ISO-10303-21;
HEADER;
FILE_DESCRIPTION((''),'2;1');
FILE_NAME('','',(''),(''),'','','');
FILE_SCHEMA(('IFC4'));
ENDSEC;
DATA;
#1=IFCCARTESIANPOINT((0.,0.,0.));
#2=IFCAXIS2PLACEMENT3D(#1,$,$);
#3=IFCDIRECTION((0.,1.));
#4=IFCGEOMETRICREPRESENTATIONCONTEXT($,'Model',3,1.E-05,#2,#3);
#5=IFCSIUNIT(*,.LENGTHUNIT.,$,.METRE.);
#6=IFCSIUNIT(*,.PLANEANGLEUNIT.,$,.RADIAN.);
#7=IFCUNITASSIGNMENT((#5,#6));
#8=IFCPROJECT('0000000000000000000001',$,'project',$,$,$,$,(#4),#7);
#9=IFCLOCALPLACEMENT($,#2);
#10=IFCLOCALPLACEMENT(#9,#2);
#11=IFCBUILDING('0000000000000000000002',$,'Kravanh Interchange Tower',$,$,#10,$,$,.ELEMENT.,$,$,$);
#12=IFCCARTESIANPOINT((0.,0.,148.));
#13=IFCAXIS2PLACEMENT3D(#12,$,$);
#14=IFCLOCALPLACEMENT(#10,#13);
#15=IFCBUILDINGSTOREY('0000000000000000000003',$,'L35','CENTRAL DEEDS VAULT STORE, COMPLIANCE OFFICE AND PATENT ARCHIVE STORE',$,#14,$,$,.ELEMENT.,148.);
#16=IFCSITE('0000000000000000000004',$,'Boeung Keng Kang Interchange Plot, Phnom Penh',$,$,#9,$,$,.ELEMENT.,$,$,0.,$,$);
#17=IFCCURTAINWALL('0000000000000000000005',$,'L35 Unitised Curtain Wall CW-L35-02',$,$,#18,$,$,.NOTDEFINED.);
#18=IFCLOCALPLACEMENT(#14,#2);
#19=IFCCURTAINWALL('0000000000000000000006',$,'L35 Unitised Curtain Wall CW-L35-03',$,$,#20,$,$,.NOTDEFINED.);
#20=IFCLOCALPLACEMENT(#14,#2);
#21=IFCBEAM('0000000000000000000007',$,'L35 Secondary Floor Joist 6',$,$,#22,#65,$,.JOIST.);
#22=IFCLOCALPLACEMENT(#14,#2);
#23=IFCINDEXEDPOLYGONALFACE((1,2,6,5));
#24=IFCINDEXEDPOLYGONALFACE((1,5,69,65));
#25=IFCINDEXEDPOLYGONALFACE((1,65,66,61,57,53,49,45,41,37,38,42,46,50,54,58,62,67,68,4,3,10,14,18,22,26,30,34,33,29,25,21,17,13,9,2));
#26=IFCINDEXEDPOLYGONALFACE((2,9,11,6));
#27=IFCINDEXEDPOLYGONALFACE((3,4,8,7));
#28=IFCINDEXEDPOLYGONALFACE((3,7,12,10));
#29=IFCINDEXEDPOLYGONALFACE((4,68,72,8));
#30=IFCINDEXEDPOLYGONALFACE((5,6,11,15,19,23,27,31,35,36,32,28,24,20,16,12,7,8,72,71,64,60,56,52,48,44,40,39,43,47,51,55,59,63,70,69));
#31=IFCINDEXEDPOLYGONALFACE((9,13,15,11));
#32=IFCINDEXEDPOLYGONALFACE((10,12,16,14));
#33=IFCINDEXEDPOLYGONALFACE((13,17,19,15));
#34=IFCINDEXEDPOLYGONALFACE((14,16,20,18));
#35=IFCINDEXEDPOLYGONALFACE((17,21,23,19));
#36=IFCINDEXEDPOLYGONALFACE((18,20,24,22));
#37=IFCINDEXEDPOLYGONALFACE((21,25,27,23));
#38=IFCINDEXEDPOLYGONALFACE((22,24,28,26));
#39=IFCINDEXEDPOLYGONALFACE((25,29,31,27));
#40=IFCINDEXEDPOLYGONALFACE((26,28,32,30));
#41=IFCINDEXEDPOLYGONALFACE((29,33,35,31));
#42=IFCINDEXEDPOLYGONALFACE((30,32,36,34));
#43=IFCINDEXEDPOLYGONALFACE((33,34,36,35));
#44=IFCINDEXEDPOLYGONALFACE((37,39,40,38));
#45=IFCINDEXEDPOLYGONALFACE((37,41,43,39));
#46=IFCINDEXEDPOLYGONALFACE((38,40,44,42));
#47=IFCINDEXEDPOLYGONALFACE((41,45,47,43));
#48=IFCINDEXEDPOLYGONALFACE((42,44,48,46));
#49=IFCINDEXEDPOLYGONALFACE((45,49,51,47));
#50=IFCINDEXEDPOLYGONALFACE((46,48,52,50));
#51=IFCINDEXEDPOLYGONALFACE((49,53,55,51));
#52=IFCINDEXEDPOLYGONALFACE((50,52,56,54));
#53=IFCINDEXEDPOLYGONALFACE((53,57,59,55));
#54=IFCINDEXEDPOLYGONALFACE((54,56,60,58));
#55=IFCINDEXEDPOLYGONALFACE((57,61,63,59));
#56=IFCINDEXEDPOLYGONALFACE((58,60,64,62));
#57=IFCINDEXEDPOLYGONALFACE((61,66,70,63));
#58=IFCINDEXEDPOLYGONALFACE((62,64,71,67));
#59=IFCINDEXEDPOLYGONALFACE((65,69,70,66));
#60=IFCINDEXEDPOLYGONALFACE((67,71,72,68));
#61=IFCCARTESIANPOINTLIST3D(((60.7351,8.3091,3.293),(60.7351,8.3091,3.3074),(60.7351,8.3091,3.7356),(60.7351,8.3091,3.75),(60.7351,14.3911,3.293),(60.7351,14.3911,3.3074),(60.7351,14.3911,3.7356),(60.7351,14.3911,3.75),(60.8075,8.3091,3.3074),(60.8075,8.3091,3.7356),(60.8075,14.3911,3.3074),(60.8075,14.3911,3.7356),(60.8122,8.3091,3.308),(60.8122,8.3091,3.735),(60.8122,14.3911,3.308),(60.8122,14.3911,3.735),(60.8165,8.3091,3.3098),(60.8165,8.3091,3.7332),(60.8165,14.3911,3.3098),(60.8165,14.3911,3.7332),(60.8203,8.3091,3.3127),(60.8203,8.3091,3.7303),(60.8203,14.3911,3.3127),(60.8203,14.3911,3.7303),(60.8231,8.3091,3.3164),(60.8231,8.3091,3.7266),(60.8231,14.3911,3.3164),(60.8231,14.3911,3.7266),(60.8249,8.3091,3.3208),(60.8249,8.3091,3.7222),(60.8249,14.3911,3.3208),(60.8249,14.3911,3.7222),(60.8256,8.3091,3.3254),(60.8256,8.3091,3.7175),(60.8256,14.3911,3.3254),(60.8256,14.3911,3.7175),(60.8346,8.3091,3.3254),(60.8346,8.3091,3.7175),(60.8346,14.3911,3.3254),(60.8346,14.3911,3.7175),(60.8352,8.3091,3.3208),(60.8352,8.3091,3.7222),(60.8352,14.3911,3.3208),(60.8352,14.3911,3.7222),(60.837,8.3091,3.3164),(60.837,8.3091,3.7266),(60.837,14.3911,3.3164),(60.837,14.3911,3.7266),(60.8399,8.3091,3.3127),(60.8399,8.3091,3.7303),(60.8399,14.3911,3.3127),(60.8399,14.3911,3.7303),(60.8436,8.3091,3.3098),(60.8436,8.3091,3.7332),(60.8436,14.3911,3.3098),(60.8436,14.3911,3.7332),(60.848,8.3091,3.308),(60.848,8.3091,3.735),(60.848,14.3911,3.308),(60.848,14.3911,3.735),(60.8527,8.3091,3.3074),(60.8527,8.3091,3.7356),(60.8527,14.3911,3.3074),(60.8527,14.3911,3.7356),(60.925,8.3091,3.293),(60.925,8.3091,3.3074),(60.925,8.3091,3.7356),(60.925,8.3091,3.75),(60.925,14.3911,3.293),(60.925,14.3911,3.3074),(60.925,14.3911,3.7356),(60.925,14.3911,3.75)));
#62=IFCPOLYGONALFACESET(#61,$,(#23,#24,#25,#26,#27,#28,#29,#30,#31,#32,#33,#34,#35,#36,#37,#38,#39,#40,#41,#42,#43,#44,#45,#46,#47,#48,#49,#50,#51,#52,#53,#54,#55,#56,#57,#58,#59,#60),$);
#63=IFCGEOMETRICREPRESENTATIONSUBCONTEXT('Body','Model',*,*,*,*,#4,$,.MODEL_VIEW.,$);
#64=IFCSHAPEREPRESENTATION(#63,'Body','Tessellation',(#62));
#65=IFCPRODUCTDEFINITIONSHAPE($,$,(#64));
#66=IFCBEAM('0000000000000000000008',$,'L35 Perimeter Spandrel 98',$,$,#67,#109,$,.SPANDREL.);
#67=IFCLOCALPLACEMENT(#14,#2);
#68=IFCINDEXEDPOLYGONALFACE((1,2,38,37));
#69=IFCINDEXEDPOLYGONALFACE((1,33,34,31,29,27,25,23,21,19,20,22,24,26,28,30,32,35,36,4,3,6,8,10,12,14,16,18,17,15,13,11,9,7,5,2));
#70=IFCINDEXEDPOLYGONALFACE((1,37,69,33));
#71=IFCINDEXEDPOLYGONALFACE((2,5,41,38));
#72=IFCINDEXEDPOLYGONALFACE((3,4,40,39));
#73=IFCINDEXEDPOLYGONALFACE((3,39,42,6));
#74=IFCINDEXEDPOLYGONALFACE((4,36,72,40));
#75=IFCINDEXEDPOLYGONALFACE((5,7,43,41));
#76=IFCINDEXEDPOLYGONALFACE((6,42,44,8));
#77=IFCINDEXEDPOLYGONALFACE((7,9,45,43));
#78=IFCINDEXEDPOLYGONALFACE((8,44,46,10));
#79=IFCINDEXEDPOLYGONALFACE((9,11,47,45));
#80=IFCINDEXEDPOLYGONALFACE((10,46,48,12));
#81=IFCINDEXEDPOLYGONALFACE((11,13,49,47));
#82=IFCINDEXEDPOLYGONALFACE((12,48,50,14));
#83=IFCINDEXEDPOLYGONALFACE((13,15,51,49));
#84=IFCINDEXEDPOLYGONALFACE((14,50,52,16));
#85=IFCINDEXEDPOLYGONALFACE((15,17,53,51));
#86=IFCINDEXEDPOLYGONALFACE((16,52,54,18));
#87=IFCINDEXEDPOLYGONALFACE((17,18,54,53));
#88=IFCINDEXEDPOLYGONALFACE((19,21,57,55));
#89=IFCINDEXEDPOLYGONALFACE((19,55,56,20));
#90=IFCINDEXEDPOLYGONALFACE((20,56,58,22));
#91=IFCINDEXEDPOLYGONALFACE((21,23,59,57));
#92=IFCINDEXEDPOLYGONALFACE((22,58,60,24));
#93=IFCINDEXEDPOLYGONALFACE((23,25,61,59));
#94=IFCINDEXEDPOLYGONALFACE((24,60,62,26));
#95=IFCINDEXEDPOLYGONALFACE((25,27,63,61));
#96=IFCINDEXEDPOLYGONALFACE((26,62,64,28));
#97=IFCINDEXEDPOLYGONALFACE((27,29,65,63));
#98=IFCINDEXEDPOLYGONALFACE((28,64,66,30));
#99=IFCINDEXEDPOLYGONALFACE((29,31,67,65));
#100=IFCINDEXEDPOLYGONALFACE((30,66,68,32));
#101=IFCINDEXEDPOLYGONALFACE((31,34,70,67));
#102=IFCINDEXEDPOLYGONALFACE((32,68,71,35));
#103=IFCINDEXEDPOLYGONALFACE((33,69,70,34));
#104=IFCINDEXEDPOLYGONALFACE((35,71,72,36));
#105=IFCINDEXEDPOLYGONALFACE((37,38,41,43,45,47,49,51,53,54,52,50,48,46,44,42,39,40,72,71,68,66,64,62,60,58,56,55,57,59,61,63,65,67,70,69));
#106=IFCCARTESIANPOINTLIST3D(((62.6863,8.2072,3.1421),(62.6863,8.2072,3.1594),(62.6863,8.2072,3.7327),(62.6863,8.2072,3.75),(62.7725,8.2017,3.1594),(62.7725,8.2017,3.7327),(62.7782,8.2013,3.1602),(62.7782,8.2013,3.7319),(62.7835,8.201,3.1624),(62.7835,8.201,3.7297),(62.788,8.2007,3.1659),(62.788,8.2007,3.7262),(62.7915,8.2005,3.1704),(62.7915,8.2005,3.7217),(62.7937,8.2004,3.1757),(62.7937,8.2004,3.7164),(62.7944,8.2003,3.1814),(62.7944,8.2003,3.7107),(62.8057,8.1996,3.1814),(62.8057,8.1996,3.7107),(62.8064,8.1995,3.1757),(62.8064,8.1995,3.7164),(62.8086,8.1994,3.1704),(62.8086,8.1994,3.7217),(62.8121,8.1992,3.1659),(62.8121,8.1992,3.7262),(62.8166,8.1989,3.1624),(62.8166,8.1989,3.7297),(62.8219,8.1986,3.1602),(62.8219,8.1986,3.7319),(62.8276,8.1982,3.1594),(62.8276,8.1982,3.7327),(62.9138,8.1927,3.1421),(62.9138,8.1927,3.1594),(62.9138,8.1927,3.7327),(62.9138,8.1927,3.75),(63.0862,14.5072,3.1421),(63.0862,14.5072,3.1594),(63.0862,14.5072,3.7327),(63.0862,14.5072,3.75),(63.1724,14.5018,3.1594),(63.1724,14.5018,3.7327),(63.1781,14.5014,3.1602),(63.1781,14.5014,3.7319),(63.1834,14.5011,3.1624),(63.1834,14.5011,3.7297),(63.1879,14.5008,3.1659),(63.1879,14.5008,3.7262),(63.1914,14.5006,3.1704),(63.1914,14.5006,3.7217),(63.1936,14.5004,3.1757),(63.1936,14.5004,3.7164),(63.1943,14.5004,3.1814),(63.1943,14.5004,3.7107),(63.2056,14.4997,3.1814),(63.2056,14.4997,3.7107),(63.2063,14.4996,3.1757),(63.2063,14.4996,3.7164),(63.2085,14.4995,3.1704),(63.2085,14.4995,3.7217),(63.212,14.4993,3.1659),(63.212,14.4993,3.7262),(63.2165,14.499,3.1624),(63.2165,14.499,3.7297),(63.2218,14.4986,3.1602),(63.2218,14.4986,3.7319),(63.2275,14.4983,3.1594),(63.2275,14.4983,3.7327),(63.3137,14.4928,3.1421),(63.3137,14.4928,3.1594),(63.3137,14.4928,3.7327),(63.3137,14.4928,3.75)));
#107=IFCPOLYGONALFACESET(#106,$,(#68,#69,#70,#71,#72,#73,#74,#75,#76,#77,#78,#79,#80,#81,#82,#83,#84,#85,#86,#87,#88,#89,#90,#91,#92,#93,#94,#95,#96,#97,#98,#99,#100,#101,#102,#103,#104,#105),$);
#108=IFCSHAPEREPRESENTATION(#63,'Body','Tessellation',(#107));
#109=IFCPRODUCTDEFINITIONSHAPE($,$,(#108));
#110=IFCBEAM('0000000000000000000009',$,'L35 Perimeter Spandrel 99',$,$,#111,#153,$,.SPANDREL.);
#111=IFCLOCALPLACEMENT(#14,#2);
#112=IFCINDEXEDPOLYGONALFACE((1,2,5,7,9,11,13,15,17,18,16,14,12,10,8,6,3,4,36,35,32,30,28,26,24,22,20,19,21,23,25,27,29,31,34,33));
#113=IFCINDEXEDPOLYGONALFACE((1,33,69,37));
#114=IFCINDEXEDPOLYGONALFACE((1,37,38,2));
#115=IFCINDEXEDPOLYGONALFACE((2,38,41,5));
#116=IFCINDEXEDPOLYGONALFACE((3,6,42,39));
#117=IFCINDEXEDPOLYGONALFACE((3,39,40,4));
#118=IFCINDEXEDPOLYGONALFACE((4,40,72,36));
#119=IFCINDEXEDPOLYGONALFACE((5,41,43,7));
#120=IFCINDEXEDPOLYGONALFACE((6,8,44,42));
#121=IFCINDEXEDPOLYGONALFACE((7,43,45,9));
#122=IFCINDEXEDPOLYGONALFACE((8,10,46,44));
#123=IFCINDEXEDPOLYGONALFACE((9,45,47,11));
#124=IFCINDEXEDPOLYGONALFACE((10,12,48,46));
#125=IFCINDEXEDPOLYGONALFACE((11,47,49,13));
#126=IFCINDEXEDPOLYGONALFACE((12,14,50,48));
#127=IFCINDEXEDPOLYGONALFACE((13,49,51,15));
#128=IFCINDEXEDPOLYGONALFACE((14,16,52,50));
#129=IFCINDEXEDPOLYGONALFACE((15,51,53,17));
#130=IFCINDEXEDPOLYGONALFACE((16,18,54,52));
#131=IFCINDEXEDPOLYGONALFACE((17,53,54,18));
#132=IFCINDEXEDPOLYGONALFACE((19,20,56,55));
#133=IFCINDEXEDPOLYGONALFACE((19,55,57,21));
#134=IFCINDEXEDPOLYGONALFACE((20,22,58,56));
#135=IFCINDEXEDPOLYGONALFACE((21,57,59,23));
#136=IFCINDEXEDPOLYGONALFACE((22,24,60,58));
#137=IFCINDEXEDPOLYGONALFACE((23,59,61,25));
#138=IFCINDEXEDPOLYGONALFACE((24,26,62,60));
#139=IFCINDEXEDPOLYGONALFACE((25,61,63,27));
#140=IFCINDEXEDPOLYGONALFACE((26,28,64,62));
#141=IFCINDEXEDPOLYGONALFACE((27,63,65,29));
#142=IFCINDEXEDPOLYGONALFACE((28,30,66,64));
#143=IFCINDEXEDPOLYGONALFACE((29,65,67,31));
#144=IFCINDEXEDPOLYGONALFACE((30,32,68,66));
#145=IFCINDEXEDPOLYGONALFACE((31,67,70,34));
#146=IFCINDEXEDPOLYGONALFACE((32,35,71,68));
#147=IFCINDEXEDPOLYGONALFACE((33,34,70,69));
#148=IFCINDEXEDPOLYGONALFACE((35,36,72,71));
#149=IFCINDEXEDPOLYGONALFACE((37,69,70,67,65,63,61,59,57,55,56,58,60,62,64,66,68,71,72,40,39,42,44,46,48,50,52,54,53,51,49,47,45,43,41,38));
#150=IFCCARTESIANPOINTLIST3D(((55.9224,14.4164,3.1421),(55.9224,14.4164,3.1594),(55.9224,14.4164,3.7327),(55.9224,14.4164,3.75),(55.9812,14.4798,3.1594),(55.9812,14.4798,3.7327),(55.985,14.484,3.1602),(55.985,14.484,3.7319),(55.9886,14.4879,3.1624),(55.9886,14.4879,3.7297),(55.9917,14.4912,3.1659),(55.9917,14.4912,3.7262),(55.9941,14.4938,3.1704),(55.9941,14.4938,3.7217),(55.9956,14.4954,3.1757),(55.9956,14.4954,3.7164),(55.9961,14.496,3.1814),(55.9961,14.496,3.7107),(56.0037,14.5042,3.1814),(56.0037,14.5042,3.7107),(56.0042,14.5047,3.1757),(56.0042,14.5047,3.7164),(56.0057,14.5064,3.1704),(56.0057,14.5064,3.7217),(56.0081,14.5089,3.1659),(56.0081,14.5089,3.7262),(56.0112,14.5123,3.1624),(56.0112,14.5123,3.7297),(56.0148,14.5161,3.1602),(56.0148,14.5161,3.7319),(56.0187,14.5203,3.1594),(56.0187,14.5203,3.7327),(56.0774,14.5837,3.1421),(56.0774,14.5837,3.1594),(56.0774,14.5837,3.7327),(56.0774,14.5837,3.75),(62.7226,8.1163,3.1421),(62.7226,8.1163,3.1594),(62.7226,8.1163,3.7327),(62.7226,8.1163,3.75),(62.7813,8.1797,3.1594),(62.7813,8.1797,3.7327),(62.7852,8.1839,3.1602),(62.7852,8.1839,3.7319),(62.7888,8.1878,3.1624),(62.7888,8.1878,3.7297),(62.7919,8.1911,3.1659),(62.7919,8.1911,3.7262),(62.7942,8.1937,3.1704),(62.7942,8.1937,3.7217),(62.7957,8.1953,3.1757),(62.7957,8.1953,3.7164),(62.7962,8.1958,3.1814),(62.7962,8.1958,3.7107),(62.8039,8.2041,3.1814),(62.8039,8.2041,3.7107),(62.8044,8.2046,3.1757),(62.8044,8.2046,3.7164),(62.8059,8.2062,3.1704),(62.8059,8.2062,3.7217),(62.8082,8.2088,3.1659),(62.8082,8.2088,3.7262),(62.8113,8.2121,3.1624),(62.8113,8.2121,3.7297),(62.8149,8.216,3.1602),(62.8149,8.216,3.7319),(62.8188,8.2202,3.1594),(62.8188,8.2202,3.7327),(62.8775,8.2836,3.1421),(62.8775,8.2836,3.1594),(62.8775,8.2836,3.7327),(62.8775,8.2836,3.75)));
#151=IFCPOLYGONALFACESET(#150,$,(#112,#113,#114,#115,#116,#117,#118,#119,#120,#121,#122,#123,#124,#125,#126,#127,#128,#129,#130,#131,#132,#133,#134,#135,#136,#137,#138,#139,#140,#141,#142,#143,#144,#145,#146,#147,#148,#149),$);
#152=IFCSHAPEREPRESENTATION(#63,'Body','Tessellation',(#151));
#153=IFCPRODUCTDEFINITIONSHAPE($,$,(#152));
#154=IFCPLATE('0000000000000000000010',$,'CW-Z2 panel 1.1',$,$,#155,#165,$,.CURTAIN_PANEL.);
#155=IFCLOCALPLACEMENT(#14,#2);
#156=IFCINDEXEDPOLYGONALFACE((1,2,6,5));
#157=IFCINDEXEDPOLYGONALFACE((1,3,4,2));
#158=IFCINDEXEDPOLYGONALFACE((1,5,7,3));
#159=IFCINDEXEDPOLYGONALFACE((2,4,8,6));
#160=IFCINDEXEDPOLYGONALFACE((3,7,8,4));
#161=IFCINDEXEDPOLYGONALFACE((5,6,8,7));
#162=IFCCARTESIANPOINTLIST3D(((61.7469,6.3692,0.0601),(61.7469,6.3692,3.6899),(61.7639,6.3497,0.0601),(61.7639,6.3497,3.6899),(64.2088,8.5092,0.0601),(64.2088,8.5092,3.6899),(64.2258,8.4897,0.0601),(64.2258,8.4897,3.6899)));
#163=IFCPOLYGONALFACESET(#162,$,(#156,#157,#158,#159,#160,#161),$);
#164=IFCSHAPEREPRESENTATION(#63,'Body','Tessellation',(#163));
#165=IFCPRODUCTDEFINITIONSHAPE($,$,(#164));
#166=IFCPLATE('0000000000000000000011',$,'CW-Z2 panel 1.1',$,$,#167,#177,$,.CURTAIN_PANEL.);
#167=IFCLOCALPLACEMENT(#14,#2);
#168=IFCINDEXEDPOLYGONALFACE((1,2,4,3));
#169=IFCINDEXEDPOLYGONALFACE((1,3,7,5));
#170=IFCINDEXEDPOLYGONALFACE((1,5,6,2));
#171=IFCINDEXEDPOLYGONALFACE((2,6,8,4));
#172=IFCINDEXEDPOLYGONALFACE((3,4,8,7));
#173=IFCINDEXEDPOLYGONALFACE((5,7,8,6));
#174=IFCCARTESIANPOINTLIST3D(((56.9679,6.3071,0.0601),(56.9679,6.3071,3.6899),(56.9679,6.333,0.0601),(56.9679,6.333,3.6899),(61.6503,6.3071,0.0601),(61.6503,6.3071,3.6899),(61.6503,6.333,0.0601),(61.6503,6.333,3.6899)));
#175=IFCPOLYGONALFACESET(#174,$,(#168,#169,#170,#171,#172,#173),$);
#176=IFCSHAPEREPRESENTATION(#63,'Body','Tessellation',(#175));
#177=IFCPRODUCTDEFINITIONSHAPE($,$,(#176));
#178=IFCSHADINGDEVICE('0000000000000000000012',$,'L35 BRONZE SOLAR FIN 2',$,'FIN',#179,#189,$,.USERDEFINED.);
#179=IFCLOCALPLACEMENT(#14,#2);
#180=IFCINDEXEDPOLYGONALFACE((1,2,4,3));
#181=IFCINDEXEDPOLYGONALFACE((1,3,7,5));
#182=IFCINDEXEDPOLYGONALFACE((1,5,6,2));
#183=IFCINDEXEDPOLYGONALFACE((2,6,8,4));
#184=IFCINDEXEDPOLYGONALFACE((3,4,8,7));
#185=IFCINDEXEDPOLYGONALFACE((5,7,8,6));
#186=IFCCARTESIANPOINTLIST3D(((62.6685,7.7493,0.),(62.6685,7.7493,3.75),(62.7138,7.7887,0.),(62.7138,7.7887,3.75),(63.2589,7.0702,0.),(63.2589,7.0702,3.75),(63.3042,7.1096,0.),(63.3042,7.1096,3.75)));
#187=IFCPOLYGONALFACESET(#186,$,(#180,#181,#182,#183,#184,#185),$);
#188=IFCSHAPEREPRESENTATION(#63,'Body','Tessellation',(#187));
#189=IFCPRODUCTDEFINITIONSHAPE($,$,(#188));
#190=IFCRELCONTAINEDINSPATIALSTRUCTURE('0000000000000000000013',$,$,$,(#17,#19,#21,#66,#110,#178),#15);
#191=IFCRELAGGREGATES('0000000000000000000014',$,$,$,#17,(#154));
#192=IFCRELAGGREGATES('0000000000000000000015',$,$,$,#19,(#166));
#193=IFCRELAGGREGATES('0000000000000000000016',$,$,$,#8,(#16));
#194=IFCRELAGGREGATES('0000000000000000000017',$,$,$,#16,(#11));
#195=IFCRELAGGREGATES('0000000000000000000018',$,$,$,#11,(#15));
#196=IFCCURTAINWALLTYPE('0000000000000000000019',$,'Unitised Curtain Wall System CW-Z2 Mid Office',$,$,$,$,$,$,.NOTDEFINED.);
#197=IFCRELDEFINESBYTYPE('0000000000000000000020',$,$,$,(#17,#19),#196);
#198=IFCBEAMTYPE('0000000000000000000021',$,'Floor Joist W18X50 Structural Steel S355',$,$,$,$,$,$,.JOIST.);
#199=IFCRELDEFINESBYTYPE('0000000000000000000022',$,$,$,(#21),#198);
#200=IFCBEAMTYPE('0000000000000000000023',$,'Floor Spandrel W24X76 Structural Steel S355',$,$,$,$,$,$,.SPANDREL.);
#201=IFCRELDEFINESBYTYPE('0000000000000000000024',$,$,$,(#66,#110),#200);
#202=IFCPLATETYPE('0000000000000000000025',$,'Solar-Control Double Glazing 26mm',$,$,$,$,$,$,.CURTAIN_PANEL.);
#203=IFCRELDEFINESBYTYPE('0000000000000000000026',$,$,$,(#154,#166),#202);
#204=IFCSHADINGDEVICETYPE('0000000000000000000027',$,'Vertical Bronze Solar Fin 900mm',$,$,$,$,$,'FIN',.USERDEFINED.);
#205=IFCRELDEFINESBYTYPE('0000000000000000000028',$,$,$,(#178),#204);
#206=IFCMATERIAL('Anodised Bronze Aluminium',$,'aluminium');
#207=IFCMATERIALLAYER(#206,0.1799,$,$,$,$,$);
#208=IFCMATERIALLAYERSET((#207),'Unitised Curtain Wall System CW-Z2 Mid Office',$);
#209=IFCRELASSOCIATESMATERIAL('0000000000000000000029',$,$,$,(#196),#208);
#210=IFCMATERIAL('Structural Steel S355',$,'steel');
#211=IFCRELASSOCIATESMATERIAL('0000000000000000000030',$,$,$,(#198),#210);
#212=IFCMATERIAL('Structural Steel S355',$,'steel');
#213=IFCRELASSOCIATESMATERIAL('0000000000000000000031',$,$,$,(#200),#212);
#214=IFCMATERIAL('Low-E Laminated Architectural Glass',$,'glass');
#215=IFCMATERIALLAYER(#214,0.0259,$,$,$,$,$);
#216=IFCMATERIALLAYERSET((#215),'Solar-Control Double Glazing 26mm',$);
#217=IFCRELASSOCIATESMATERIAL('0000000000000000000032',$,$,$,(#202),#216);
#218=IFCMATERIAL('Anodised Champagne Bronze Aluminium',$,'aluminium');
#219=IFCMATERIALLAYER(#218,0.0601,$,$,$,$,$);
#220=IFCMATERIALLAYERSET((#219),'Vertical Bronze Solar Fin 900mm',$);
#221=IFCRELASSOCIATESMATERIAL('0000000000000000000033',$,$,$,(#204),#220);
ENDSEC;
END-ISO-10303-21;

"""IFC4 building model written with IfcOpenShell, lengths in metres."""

from ifc_helpers import new_model, si_unit, direction, frame, origin, origin_2d, place, context, subcontext, project, spatial, rectangle, i_section, extrude, material, layer, layer_set, material_profile, profile_set, type_object, element, aggregate, save


model = new_model("IFC4")

# Units and contexts
model_context = context("Model", 3, precision=1e-05, world=origin(), true_north=direction((0.0, 1.0)))
body_context = subcontext(model_context, "Body", "Model", "MODEL_VIEW")
ifc_project = project(units=[si_unit("LENGTHUNIT", "METRE"), si_unit("PLANEANGLEUNIT", "RADIAN")], contexts=[model_context])

# Site, building, storey
site_placement = place(None, origin())
site = spatial("IfcSite", under=ifc_project, at=site_placement, Name="Boeung Keng Kang Interchange Plot, Phnom Penh", CompositionType="ELEMENT", RefElevation=0.0)
building_placement = place(site_placement, origin())
building = spatial("IfcBuilding", under=site, at=building_placement, Name="Kravanh Interchange Tower", CompositionType="ELEMENT")
storey_placement = place(building_placement, frame((0.0, 0.0, 148.0)))
storey = spatial("IfcBuildingStorey", under=building, at=storey_placement, Name="L35", Description="CENTRAL DEEDS VAULT STORE, COMPLIANCE OFFICE AND PATENT ARCHIVE STORE", CompositionType="ELEMENT", Elevation=148.0)

# Curtain walls
ifc_material_1 = material(Name="Anodised Bronze Aluminium", Category="aluminium")
ifc_layer_1 = layer(ifc_material_1, 0.1799)
ifc_layer_set_1 = layer_set([ifc_layer_1], Name="Unitised Curtain Wall System CW-Z2 Mid Office")
curtain_wall_type = type_object("IfcCurtainWallType", Name="Unitised Curtain Wall System CW-Z2 Mid Office", PredefinedType="NOTDEFINED", material=ifc_layer_set_1)
curtain_wall_1_placement = place(storey_placement, origin())
curtain_wall_1 = element("IfcCurtainWall", 1, at=curtain_wall_1_placement, inside=storey, type_object=curtain_wall_type, Name="L35 Unitised Curtain Wall CW-L35-02", PredefinedType="NOTDEFINED")
curtain_wall_2_placement = place(storey_placement, origin())
curtain_wall_2 = element("IfcCurtainWall", 2, at=curtain_wall_2_placement, inside=storey, type_object=curtain_wall_type, Name="L35 Unitised Curtain Wall CW-L35-03", PredefinedType="NOTDEFINED")

# Beams
ifc_material_2 = material(Name="Structural Steel S355", Category="steel")
ifc_material_profile_1 = material_profile(ifc_material_2, i_section(OverallWidth=0.1899, OverallDepth=0.457, WebThickness=0.009, FlangeThickness=0.0144, FilletRadius=0.0181, at=origin_2d()), Name="W18X50")
ifc_profile_set_1 = profile_set([ifc_material_profile_1], Name="Structural Steel S355")
beam_type_1 = type_object("IfcBeamType", Name="Floor Joist W18X50 Structural Steel S355", PredefinedType="JOIST", material=ifc_profile_set_1)
for number, where, z_axis, x_axis, name in (
    (3, (60.8301, 8.3091, 3.5215), (0.0, 1.0, 0.0), (-1.0, 0.0, 0.0), "L35 Secondary Floor Joist 6"),
):
    element("IfcBeam", number, at=place(storey_placement, frame(where, z_axis=z_axis, x_axis=x_axis)), inside=storey, type_object=beam_type_1, Name=name, PredefinedType="JOIST", context=body_context, shape_type="SweptSolid", body=[
        extrude(i_section(OverallWidth=0.1899, OverallDepth=0.457, WebThickness=0.009, FlangeThickness=0.0144, FilletRadius=0.0181, at=origin_2d()), origin(), (0.0, 0.0, 1.0), 6.082),
    ])
ifc_material_3 = material(Name="Structural Steel S355", Category="steel")
ifc_material_profile_2 = material_profile(ifc_material_3, i_section(OverallWidth=0.228, OverallDepth=0.6079, WebThickness=0.0112, FlangeThickness=0.0173, FilletRadius=0.022, at=origin_2d()), Name="W24X76")
ifc_profile_set_2 = profile_set([ifc_material_profile_2], Name="Structural Steel S355")
beam_type_2 = type_object("IfcBeamType", Name="Floor Spandrel W24X76 Structural Steel S355", PredefinedType="SPANDREL", material=ifc_profile_set_2)
beam_1_placement = place(storey_placement, frame((62.8, 8.2, 3.446), z_axis=(0.063349, 0.997991, 0.0), x_axis=(-0.997991, 0.063349, 0.0)))
element("IfcBeam", 4, at=beam_1_placement, inside=storey, type_object=beam_type_2, Name="L35 Perimeter Spandrel 98", PredefinedType="SPANDREL", context=body_context, shape_type="SweptSolid", body=[
    extrude(i_section(OverallWidth=0.228, OverallDepth=0.6079, WebThickness=0.0112, FlangeThickness=0.0173, FilletRadius=0.022, at=origin_2d()), origin(), (0.0, 0.0, 1.0), 6.3127),
])
beam_2_placement = place(storey_placement, frame((62.8, 8.2, 3.446), z_axis=(-0.733561, 0.679623, 0.0), x_axis=(-0.679623, -0.733561, 0.0)))
element("IfcBeam", 5, at=beam_2_placement, inside=storey, type_object=beam_type_2, Name="L35 Perimeter Spandrel 99", PredefinedType="SPANDREL", context=body_context, shape_type="SweptSolid", body=[
    extrude(i_section(OverallWidth=0.228, OverallDepth=0.6079, WebThickness=0.0112, FlangeThickness=0.0173, FilletRadius=0.022, at=origin_2d()), origin(), (0.0, 0.0, 1.0), 9.27),
])

# Plates
ifc_material_4 = material(Name="Low-E Laminated Architectural Glass", Category="glass")
ifc_layer_2 = layer(ifc_material_4, 0.0259)
ifc_layer_set_2 = layer_set([ifc_layer_2], Name="Solar-Control Double Glazing 26mm")
plate_type = type_object("IfcPlateType", Name="Solar-Control Double Glazing 26mm", PredefinedType="CURTAIN_PANEL", material=ifc_layer_set_2)
plate_1_placement = place(storey_placement, frame((62.9863, 7.4294, 0.0601), z_axis=(0.0, 0.0, 1.0), x_axis=(-0.754719, -0.656048, 0.0)))
plate_1 = element("IfcPlate", 6, at=plate_1_placement, type_object=plate_type, Name="CW-Z2 panel 1.1", PredefinedType="CURTAIN_PANEL", context=body_context, shape_type="SweptSolid", body=[
    extrude(rectangle(XDim=3.262, YDim=0.0259, at=origin_2d()), origin(), (0.0, 0.0, 1.0), 3.6299),
])
aggregate(curtain_wall_1, [plate_1])
plate_2_placement = place(storey_placement, frame((59.3091, 6.3201, 0.0601), z_axis=(0.0, 0.0, 1.0), x_axis=(-1.0, 0.0, 0.0)))
plate_2 = element("IfcPlate", 7, at=plate_2_placement, type_object=plate_type, Name="CW-Z2 panel 1.1", PredefinedType="CURTAIN_PANEL", context=body_context, shape_type="SweptSolid", body=[
    extrude(rectangle(XDim=4.6824, YDim=0.0259, at=origin_2d()), origin(), (0.0, 0.0, 1.0), 3.6299),
])
aggregate(curtain_wall_2, [plate_2])

# Shading device
ifc_material_5 = material(Name="Anodised Champagne Bronze Aluminium", Category="aluminium")
ifc_layer_3 = layer(ifc_material_5, 0.0601)
ifc_layer_set_3 = layer_set([ifc_layer_3], Name="Vertical Bronze Solar Fin 900mm")
shading_device_type = type_object("IfcShadingDeviceType", Name="Vertical Bronze Solar Fin 900mm", ElementType="FIN", PredefinedType="USERDEFINED", material=ifc_layer_set_3)
shading_device_placement = place(storey_placement, frame((62.9863, 7.4294, 0.0), z_axis=(0.0, 0.0, 1.0), x_axis=(0.656056, -0.754712, 0.0)))
element("IfcShadingDevice", 8, at=shading_device_placement, inside=storey, type_object=shading_device_type, Name="L35 BRONZE SOLAR FIN 2", ObjectType="FIN", PredefinedType="USERDEFINED", context=body_context, shape_type="SweptSolid", body=[
    extrude(rectangle(XDim=0.8999, YDim=0.0601, at=origin_2d()), origin(), (0.0, 0.0, 1.0), 3.75),
])

save(model, "model.ifc")
